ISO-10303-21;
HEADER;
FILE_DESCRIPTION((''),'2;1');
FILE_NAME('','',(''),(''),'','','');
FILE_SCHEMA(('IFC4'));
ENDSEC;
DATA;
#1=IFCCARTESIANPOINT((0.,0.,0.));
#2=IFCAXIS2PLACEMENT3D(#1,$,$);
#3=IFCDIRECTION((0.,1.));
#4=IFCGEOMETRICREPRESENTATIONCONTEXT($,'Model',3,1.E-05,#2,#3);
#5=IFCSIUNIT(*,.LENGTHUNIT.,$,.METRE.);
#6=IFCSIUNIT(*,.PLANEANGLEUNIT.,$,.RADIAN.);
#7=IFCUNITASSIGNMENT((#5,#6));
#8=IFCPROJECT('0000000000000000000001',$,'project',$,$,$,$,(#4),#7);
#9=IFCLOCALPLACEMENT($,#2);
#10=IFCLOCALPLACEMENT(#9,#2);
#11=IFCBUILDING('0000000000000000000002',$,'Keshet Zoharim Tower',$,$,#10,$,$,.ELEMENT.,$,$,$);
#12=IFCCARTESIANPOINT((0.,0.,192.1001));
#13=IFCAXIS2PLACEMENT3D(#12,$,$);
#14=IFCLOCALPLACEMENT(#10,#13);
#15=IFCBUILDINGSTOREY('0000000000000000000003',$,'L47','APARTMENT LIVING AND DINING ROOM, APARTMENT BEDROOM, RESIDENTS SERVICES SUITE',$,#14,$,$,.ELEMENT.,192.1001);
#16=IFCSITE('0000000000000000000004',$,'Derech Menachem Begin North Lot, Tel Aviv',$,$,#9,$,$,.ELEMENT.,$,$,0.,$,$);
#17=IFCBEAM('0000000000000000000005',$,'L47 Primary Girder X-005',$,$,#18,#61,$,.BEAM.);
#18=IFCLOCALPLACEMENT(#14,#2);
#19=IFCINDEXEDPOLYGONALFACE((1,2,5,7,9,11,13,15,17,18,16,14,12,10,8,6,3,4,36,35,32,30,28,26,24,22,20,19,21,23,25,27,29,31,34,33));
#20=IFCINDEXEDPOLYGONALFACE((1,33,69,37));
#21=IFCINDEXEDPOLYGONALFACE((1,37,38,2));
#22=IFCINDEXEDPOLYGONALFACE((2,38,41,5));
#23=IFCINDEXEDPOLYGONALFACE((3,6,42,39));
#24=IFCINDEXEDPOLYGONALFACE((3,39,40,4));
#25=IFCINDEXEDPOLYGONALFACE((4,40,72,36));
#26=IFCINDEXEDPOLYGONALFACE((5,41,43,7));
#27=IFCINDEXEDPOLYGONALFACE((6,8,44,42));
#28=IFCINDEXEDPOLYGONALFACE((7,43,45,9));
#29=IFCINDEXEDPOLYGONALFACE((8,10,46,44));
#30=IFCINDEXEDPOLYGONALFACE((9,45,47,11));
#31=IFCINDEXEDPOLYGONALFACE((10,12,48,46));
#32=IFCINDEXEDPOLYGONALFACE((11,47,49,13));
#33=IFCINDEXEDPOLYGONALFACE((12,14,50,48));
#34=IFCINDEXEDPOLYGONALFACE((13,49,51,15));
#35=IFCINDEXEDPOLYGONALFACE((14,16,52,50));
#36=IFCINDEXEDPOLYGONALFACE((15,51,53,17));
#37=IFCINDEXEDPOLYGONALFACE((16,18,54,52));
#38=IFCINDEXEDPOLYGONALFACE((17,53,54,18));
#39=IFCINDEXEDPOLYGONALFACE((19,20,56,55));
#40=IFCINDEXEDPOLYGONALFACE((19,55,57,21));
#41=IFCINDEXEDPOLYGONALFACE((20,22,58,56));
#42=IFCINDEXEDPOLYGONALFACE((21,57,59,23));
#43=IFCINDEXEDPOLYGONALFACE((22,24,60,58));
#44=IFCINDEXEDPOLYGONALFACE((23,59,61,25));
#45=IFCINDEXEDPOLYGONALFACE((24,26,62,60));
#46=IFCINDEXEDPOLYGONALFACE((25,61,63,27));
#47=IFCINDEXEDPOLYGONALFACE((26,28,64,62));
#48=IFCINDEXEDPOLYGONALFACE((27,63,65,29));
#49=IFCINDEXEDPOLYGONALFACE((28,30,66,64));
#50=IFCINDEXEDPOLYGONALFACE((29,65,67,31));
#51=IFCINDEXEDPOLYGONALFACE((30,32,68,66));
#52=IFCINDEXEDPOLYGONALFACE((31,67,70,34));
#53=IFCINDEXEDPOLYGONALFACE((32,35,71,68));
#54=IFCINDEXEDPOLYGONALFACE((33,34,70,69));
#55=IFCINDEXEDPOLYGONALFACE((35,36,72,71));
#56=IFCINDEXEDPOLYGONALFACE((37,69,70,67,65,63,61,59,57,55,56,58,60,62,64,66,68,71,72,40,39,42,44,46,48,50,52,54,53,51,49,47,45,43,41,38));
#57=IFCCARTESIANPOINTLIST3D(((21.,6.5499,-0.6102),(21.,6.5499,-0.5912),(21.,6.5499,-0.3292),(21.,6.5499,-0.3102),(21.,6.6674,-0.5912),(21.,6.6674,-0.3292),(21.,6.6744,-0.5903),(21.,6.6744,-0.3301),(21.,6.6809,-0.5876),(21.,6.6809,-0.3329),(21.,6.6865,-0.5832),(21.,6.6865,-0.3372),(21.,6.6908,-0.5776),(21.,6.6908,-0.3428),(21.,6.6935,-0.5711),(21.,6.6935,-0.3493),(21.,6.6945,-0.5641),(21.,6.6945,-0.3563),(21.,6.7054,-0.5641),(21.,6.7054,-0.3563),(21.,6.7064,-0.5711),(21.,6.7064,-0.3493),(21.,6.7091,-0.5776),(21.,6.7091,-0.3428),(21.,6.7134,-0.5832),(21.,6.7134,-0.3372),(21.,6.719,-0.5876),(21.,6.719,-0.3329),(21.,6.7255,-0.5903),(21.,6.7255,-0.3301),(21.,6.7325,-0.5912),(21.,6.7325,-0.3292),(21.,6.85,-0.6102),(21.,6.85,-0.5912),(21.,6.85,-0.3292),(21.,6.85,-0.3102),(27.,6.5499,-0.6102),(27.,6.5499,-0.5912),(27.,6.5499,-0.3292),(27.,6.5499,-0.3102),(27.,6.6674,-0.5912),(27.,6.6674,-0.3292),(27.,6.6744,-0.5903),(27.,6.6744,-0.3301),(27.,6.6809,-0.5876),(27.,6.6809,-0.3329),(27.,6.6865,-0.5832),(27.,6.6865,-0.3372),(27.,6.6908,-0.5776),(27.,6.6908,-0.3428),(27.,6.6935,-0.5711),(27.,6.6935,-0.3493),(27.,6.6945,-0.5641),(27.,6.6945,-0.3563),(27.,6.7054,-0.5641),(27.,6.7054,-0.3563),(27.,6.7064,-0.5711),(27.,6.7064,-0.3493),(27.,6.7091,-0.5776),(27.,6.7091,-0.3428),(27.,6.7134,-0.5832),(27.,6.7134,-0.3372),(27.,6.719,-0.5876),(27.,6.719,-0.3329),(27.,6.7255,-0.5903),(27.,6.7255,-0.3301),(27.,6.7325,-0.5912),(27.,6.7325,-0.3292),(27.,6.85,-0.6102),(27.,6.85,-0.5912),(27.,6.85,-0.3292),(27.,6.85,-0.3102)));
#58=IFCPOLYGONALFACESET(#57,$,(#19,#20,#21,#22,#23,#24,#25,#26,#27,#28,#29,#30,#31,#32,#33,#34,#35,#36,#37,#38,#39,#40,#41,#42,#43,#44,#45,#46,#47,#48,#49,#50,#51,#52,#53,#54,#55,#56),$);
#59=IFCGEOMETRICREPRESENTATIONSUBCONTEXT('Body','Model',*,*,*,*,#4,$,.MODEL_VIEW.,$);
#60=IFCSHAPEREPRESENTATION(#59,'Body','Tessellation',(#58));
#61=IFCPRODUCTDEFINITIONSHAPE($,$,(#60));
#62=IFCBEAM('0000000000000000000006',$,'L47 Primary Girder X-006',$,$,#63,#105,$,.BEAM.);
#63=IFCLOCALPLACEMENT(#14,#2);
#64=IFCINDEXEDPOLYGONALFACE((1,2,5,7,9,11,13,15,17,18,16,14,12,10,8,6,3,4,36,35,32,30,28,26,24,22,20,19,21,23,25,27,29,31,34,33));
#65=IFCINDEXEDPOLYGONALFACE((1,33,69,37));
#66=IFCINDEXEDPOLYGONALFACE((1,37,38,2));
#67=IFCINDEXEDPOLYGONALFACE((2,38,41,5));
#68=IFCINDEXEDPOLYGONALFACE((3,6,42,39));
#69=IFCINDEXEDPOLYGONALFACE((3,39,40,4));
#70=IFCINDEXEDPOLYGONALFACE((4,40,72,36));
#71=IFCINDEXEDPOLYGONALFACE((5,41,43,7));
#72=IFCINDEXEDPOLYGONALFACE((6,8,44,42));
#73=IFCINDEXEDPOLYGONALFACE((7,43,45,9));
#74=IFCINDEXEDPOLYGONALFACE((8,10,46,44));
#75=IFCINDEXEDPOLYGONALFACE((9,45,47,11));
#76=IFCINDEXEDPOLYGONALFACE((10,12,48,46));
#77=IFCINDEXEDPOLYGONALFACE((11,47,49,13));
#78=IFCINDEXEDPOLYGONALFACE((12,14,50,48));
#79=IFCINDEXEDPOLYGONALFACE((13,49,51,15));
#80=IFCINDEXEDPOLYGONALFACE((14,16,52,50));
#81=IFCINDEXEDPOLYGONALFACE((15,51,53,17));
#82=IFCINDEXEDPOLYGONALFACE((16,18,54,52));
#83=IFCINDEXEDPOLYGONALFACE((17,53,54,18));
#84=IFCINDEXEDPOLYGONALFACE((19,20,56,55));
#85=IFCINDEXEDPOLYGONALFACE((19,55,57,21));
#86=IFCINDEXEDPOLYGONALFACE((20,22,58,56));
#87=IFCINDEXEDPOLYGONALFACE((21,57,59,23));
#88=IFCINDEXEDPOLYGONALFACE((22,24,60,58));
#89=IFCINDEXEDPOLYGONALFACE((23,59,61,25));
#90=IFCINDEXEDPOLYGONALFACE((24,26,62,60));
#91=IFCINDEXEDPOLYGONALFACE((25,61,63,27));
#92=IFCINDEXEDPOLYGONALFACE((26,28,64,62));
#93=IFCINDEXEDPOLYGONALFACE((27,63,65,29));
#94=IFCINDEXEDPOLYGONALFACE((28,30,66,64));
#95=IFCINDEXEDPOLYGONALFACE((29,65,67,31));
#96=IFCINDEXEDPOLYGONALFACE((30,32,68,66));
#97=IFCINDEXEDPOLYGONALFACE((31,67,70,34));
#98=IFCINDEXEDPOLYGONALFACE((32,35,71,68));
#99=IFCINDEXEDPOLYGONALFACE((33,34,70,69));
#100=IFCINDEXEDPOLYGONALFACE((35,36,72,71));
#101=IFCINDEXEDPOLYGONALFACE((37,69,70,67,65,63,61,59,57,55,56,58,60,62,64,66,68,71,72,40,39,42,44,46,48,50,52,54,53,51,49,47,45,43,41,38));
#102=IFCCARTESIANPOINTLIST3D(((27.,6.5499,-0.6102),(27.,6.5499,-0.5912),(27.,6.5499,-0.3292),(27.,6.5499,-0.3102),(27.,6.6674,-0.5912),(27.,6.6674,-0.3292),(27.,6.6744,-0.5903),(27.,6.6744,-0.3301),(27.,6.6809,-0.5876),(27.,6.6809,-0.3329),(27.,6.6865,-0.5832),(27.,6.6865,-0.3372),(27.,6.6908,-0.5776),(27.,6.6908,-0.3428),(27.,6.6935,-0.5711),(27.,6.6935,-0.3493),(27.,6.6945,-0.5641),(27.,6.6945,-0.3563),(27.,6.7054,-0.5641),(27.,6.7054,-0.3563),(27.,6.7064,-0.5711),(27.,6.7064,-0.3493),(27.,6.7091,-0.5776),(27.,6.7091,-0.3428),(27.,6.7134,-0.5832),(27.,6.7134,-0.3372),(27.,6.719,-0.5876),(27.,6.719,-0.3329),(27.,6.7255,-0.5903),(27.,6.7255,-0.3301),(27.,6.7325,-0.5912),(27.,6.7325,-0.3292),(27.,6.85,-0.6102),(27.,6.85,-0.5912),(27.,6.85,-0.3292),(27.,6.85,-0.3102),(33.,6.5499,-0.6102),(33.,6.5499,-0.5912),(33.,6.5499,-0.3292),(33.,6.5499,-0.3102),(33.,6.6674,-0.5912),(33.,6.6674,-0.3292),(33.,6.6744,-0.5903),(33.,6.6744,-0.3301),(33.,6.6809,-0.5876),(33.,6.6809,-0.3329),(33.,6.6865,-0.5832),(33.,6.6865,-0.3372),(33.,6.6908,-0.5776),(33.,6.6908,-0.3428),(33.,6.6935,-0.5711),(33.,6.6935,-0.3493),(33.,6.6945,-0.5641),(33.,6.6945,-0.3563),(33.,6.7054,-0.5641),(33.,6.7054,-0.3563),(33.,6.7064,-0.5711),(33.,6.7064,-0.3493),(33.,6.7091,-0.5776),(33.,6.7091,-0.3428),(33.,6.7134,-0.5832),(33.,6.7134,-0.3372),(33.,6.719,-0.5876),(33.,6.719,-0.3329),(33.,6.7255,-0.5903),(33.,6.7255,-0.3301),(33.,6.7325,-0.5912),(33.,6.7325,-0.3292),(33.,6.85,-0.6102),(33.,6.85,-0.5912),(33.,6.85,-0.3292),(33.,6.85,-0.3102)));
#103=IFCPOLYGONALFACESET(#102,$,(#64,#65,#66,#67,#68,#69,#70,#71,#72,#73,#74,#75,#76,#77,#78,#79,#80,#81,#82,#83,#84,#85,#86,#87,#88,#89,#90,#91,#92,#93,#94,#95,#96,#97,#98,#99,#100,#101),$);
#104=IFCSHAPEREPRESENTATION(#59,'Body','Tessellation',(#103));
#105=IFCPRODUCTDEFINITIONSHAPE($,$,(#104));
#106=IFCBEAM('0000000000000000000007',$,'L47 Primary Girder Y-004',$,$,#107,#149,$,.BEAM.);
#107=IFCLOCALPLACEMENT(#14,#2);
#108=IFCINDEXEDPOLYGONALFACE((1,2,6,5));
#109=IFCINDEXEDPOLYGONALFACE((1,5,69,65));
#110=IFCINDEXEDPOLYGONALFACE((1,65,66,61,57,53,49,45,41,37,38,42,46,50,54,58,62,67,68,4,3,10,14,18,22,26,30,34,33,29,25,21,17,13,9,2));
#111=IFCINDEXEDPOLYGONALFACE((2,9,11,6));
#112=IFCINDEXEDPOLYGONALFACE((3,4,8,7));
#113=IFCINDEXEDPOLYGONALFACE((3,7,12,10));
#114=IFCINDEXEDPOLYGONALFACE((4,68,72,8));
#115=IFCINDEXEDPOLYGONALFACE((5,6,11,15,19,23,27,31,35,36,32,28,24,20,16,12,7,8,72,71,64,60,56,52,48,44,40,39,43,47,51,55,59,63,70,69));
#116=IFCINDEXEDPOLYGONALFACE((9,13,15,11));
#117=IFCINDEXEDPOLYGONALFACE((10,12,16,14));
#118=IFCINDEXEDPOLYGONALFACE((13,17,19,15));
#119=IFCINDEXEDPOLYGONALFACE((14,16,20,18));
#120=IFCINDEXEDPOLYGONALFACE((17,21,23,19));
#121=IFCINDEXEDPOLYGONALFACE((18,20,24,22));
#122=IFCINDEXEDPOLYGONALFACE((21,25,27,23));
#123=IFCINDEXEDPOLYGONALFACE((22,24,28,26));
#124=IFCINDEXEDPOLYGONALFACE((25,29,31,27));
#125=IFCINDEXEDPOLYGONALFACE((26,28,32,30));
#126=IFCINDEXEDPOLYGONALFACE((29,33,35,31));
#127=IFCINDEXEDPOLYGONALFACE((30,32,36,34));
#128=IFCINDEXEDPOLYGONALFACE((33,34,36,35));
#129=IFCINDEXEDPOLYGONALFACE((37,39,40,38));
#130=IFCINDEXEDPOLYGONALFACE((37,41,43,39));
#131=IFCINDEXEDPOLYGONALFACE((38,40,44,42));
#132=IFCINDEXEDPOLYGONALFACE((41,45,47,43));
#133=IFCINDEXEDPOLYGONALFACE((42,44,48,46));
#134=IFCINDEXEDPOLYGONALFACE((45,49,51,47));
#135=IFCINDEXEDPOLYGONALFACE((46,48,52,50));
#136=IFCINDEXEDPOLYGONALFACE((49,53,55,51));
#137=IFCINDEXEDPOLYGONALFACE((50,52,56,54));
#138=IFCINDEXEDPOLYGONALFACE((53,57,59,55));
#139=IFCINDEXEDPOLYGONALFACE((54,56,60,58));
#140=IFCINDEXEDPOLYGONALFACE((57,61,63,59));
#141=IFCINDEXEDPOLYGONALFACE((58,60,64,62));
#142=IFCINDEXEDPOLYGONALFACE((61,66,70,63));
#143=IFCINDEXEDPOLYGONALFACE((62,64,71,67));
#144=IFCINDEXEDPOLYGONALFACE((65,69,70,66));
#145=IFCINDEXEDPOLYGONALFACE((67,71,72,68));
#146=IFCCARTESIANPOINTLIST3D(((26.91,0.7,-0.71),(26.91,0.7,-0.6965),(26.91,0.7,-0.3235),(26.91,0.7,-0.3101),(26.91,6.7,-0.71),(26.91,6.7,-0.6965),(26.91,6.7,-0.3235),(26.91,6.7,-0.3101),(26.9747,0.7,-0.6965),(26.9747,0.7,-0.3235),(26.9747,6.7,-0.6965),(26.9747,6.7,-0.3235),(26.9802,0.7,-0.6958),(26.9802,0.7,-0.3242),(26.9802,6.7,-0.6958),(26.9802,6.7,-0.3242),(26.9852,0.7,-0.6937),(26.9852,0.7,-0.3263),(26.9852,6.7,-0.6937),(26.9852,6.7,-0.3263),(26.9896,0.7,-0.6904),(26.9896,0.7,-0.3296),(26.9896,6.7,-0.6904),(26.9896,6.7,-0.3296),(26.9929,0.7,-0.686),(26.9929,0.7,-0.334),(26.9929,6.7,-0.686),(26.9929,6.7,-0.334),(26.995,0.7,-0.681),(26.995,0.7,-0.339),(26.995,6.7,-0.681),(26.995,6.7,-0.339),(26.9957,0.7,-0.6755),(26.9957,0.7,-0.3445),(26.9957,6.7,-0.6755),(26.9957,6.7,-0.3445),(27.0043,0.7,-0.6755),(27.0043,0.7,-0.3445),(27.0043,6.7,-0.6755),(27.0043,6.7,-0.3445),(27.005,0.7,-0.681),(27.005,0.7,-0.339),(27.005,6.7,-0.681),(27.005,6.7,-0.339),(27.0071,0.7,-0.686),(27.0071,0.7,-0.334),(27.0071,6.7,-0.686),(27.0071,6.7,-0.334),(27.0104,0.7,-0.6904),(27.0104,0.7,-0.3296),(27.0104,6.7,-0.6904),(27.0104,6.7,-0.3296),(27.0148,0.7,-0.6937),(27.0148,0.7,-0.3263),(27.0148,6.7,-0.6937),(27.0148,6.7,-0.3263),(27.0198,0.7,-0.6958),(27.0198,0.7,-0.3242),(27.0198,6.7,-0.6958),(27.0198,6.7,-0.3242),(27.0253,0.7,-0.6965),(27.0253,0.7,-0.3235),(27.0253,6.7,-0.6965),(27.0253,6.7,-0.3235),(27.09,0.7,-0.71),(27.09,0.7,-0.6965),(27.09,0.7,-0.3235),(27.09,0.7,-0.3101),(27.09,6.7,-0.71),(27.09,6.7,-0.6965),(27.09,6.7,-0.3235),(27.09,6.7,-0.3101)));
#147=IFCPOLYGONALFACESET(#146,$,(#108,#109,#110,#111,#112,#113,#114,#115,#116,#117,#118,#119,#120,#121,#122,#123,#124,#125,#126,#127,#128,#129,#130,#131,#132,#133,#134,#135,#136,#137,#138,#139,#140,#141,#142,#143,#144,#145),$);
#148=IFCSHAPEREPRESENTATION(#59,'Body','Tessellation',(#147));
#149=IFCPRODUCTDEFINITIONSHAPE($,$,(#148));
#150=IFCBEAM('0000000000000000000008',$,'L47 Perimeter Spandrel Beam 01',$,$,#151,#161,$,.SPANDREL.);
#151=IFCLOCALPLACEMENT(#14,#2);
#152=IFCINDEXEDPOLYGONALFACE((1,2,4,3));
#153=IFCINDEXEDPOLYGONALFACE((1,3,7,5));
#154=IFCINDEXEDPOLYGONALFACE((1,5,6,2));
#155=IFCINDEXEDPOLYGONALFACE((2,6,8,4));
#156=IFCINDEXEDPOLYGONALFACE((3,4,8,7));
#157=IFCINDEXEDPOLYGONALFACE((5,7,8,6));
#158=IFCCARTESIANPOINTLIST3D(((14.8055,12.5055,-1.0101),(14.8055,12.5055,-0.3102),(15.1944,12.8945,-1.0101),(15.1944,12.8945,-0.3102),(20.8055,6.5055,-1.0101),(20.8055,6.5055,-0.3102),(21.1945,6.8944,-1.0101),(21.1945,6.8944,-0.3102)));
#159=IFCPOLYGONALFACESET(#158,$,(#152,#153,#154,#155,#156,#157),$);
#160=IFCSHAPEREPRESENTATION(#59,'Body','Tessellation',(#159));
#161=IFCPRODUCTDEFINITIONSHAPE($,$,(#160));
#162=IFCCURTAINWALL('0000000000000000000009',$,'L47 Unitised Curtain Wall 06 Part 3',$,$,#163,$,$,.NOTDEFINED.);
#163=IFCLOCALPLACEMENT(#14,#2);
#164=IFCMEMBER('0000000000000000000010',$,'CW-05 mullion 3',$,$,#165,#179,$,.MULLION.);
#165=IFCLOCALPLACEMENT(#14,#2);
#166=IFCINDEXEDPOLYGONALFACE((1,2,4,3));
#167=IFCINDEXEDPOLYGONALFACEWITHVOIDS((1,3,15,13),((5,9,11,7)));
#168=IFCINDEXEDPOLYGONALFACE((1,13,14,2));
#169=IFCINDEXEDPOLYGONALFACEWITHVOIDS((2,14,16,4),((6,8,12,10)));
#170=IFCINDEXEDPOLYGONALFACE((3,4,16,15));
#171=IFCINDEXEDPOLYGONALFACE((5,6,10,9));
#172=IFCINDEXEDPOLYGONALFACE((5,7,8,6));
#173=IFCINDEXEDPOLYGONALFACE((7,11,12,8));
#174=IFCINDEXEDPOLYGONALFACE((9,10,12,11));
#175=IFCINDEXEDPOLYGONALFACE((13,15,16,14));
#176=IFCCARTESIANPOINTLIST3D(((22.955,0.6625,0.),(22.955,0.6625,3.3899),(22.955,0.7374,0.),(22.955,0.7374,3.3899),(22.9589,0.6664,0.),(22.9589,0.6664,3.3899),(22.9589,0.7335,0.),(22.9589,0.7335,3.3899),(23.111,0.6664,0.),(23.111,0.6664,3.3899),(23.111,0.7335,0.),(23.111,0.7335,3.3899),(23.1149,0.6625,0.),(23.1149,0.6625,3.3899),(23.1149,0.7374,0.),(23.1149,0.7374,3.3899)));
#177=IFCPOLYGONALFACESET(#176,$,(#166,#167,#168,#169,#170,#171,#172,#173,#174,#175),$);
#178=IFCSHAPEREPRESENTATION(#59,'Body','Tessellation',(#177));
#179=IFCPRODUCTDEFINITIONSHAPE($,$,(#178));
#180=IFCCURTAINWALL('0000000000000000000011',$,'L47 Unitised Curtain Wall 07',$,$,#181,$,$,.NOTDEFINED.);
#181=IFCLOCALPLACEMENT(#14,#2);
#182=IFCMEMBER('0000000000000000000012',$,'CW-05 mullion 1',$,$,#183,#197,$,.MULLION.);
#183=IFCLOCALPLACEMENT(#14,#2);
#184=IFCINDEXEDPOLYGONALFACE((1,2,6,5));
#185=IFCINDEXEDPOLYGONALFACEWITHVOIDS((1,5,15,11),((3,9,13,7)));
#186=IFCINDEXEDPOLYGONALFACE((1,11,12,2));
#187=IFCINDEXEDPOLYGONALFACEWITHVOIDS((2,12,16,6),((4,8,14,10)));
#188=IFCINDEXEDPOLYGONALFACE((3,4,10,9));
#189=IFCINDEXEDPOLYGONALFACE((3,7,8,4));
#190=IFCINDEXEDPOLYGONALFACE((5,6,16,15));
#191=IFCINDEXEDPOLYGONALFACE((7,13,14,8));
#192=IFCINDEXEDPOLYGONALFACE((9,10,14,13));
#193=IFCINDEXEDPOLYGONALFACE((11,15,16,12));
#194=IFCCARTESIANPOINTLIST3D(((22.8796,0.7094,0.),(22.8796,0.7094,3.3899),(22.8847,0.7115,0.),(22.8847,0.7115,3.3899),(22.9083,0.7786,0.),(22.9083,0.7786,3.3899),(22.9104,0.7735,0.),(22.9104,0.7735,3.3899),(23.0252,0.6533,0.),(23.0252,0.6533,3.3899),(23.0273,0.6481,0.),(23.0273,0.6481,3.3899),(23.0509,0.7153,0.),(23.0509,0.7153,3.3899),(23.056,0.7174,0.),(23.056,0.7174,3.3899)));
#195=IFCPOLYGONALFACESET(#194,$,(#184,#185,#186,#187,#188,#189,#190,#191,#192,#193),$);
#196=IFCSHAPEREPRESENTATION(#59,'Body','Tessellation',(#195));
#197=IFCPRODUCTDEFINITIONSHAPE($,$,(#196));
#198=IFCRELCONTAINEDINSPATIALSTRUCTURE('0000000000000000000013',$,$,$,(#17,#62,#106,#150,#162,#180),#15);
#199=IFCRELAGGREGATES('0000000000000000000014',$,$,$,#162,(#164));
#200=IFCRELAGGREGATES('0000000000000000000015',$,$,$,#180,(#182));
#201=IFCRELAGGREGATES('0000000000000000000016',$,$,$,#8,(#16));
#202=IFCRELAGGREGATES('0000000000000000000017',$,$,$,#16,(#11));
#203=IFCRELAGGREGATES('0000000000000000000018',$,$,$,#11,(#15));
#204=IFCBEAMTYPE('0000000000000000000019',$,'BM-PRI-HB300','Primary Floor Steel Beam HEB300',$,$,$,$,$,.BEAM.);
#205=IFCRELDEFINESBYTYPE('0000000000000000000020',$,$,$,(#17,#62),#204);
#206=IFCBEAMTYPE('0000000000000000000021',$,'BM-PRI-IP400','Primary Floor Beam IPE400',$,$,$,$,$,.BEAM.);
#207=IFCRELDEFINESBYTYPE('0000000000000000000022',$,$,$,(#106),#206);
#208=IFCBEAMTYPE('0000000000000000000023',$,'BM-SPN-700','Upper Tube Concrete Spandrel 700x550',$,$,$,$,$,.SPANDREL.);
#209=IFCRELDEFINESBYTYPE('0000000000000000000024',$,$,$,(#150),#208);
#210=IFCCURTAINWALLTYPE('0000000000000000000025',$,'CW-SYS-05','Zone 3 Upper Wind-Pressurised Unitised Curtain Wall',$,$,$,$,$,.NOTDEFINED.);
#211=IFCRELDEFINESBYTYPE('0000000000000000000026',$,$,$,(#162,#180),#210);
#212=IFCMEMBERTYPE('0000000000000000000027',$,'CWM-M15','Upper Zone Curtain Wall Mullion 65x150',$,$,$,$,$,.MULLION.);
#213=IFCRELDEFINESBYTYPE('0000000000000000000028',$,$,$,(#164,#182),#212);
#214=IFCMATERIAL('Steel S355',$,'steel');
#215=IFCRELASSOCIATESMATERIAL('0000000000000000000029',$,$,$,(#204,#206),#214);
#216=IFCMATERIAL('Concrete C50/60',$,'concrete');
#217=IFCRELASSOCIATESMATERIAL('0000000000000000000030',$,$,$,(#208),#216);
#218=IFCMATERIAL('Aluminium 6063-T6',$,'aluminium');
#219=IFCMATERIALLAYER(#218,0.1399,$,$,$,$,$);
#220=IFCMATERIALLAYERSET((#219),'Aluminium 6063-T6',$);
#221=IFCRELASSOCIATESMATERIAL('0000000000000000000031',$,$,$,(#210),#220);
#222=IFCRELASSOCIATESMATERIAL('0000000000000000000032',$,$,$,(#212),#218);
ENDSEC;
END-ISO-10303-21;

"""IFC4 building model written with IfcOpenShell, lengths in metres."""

from ifc_helpers import new_model, si_unit, direction, frame, origin, origin_2d, place, context, subcontext, project, spatial, rectangle, hollow_rectangle, i_section, extrude, material, layer, layer_set, material_profile, profile_set, type_object, element, aggregate, save


model = new_model("IFC4")

# Units and contexts
model_context = context("Model", 3, precision=1e-05, world=origin(), true_north=direction((0.0, 1.0)))
body_context = subcontext(model_context, "Body", "Model", "MODEL_VIEW")
ifc_project = project(units=[si_unit("LENGTHUNIT", "METRE"), si_unit("PLANEANGLEUNIT", "RADIAN")], contexts=[model_context])

# Site, building, storey
site_placement = place(None, origin())
site = spatial("IfcSite", under=ifc_project, at=site_placement, Name="Derech Menachem Begin North Lot, Tel Aviv", CompositionType="ELEMENT", RefElevation=0.0)
building_placement = place(site_placement, origin())
building = spatial("IfcBuilding", under=site, at=building_placement, Name="Keshet Zoharim Tower", CompositionType="ELEMENT")
storey_placement = place(building_placement, frame((0.0, 0.0, 192.1001)))
storey = spatial("IfcBuildingStorey", under=building, at=storey_placement, Name="L47", Description="APARTMENT LIVING AND DINING ROOM, APARTMENT BEDROOM, RESIDENTS SERVICES SUITE", CompositionType="ELEMENT", Elevation=192.1001)

# Shared definitions
ifc_material_1 = material(Name="Steel S355", Category="steel")

# Beams
ifc_material_profile_1 = material_profile(ifc_material_1, i_section(OverallWidth=0.3, OverallDepth=0.3, WebThickness=0.011, FlangeThickness=0.019, FilletRadius=0.0271, at=origin_2d()), Name="HEB300")
ifc_profile_set_1 = profile_set([ifc_material_profile_1], Name="Steel S355")
beam_type_1 = type_object("IfcBeamType", Name="BM-PRI-HB300", Description="Primary Floor Steel Beam HEB300", PredefinedType="BEAM", material=ifc_profile_set_1)
for number, where, z_axis, x_axis, name in (
    (1, (21.0, 6.7, -0.4602), (1.0, 0.0, 0.0), (0.0, 1.0, 0.0), "L47 Primary Girder X-005"),
    (2, (27.0, 6.7, -0.4602), (1.0, 0.0, 0.0), (0.0, 1.0, 0.0), "L47 Primary Girder X-006"),
):
    element("IfcBeam", number, at=place(storey_placement, frame(where, z_axis=z_axis, x_axis=x_axis)), inside=storey, type_object=beam_type_1, Name=name, PredefinedType="BEAM", context=body_context, shape_type="SweptSolid", body=[
        extrude(i_section(OverallWidth=0.3, OverallDepth=0.3, WebThickness=0.011, FlangeThickness=0.019, FilletRadius=0.0271, at=origin_2d()), origin(), (0.0, 0.0, 1.0), 6.0),
    ])
ifc_material_profile_2 = material_profile(ifc_material_1, i_section(OverallWidth=0.1799, OverallDepth=0.3999, WebThickness=0.0085, FlangeThickness=0.0134, FilletRadius=0.021, at=origin_2d()), Name="IPE400")
ifc_profile_set_2 = profile_set([ifc_material_profile_2], Name="Steel S355")
beam_type_2 = type_object("IfcBeamType", Name="BM-PRI-IP400", Description="Primary Floor Beam IPE400", PredefinedType="BEAM", material=ifc_profile_set_2)
beam_1_placement = place(storey_placement, frame((27.0, 0.7, -0.51), z_axis=(0.0, 1.0, 0.0), x_axis=(-1.0, 0.0, 0.0)))
element("IfcBeam", 3, at=beam_1_placement, inside=storey, type_object=beam_type_2, Name="L47 Primary Girder Y-004", PredefinedType="BEAM", context=body_context, shape_type="SweptSolid", body=[
    extrude(i_section(OverallWidth=0.1799, OverallDepth=0.3999, WebThickness=0.0085, FlangeThickness=0.0134, FilletRadius=0.021, at=origin_2d()), origin(), (0.0, 0.0, 1.0), 6.0),
])
ifc_material_2 = material(Name="Concrete C50/60", Category="concrete")
ifc_material_profile_3 = material_profile(ifc_material_2, rectangle(XDim=0.55, YDim=0.7, at=origin_2d()), Name="RC700x550")
ifc_profile_set_3 = profile_set([ifc_material_profile_3], Name="Concrete C50/60")
beam_type_3 = type_object("IfcBeamType", Name="BM-SPN-700", Description="Upper Tube Concrete Spandrel 700x550", PredefinedType="SPANDREL", material=ifc_profile_set_3)
beam_2_placement = place(storey_placement, frame((21.0, 6.7, -0.6602), z_axis=(-0.707107, 0.707107, 0.0), x_axis=(-0.707107, -0.707107, 0.0)))
element("IfcBeam", 4, at=beam_2_placement, inside=storey, type_object=beam_type_3, Name="L47 Perimeter Spandrel Beam 01", PredefinedType="SPANDREL", context=body_context, shape_type="SweptSolid", body=[
    extrude(rectangle(XDim=0.55, YDim=0.7, at=origin_2d()), origin(), (0.0, 0.0, 1.0), 8.4854),
])

# Curtain wall, member
ifc_material_3 = material(Name="Aluminium 6063-T6", Category="aluminium")
ifc_layer_1 = layer(ifc_material_3, 0.1399)
ifc_layer_set_1 = layer_set([ifc_layer_1], Name="Aluminium 6063-T6")
curtain_wall_type = type_object("IfcCurtainWallType", Name="CW-SYS-05", Description="Zone 3 Upper Wind-Pressurised Unitised Curtain Wall", PredefinedType="NOTDEFINED", material=ifc_layer_set_1)
curtain_wall_1_placement = place(storey_placement, origin())
curtain_wall_1 = element("IfcCurtainWall", 5, at=curtain_wall_1_placement, inside=storey, type_object=curtain_wall_type, Name="L47 Unitised Curtain Wall 06 Part 3", PredefinedType="NOTDEFINED")
ifc_material_profile_4 = material_profile(ifc_material_3, hollow_rectangle(XDim=0.075, YDim=0.1599, WallThickness=0.0039, at=origin_2d()), Name="MUL-75x160")
ifc_profile_set_4 = profile_set([ifc_material_profile_4], Name="Aluminium 6063-T6")
member_type_1 = type_object("IfcMemberType", Name="CWM-M15", Description="Upper Zone Curtain Wall Mullion 65x150", PredefinedType="MULLION", material=ifc_profile_set_4)
member_1_placement = place(storey_placement, frame((23.0349, 0.7, 0.0), z_axis=(0.0, 0.0, 1.0), x_axis=(0.0, -1.0, 0.0)))
member_1 = element("IfcMember", 6, at=member_1_placement, type_object=member_type_1, Name="CW-05 mullion 3", PredefinedType="MULLION", context=body_context, shape_type="SweptSolid", body=[
    extrude(hollow_rectangle(XDim=0.075, YDim=0.1599, WallThickness=0.0039, at=origin_2d()), origin(), (0.0, 0.0, 1.0), 3.3899),
])
aggregate(curtain_wall_1, [member_1])

# Curtain wall, member
curtain_wall_2_placement = place(storey_placement, origin())
curtain_wall_2 = element("IfcCurtainWall", 7, at=curtain_wall_2_placement, inside=storey, type_object=curtain_wall_type, Name="L47 Unitised Curtain Wall 07", PredefinedType="NOTDEFINED")
member_2_placement = place(storey_placement, frame((22.9678, 0.7134, 0.0), z_axis=(0.0, 0.0, 1.0), x_axis=(-0.382852, -0.92381, 0.0)))
member_2 = element("IfcMember", 8, at=member_2_placement, type_object=member_type_1, Name="CW-05 mullion 1", PredefinedType="MULLION", context=body_context, shape_type="SweptSolid", body=[
    extrude(hollow_rectangle(XDim=0.075, YDim=0.1599, WallThickness=0.0039, at=origin_2d()), origin(), (0.0, 0.0, 1.0), 3.3899),
])

aggregate(curtain_wall_2, [member_2])

save(model, "model.ifc")
